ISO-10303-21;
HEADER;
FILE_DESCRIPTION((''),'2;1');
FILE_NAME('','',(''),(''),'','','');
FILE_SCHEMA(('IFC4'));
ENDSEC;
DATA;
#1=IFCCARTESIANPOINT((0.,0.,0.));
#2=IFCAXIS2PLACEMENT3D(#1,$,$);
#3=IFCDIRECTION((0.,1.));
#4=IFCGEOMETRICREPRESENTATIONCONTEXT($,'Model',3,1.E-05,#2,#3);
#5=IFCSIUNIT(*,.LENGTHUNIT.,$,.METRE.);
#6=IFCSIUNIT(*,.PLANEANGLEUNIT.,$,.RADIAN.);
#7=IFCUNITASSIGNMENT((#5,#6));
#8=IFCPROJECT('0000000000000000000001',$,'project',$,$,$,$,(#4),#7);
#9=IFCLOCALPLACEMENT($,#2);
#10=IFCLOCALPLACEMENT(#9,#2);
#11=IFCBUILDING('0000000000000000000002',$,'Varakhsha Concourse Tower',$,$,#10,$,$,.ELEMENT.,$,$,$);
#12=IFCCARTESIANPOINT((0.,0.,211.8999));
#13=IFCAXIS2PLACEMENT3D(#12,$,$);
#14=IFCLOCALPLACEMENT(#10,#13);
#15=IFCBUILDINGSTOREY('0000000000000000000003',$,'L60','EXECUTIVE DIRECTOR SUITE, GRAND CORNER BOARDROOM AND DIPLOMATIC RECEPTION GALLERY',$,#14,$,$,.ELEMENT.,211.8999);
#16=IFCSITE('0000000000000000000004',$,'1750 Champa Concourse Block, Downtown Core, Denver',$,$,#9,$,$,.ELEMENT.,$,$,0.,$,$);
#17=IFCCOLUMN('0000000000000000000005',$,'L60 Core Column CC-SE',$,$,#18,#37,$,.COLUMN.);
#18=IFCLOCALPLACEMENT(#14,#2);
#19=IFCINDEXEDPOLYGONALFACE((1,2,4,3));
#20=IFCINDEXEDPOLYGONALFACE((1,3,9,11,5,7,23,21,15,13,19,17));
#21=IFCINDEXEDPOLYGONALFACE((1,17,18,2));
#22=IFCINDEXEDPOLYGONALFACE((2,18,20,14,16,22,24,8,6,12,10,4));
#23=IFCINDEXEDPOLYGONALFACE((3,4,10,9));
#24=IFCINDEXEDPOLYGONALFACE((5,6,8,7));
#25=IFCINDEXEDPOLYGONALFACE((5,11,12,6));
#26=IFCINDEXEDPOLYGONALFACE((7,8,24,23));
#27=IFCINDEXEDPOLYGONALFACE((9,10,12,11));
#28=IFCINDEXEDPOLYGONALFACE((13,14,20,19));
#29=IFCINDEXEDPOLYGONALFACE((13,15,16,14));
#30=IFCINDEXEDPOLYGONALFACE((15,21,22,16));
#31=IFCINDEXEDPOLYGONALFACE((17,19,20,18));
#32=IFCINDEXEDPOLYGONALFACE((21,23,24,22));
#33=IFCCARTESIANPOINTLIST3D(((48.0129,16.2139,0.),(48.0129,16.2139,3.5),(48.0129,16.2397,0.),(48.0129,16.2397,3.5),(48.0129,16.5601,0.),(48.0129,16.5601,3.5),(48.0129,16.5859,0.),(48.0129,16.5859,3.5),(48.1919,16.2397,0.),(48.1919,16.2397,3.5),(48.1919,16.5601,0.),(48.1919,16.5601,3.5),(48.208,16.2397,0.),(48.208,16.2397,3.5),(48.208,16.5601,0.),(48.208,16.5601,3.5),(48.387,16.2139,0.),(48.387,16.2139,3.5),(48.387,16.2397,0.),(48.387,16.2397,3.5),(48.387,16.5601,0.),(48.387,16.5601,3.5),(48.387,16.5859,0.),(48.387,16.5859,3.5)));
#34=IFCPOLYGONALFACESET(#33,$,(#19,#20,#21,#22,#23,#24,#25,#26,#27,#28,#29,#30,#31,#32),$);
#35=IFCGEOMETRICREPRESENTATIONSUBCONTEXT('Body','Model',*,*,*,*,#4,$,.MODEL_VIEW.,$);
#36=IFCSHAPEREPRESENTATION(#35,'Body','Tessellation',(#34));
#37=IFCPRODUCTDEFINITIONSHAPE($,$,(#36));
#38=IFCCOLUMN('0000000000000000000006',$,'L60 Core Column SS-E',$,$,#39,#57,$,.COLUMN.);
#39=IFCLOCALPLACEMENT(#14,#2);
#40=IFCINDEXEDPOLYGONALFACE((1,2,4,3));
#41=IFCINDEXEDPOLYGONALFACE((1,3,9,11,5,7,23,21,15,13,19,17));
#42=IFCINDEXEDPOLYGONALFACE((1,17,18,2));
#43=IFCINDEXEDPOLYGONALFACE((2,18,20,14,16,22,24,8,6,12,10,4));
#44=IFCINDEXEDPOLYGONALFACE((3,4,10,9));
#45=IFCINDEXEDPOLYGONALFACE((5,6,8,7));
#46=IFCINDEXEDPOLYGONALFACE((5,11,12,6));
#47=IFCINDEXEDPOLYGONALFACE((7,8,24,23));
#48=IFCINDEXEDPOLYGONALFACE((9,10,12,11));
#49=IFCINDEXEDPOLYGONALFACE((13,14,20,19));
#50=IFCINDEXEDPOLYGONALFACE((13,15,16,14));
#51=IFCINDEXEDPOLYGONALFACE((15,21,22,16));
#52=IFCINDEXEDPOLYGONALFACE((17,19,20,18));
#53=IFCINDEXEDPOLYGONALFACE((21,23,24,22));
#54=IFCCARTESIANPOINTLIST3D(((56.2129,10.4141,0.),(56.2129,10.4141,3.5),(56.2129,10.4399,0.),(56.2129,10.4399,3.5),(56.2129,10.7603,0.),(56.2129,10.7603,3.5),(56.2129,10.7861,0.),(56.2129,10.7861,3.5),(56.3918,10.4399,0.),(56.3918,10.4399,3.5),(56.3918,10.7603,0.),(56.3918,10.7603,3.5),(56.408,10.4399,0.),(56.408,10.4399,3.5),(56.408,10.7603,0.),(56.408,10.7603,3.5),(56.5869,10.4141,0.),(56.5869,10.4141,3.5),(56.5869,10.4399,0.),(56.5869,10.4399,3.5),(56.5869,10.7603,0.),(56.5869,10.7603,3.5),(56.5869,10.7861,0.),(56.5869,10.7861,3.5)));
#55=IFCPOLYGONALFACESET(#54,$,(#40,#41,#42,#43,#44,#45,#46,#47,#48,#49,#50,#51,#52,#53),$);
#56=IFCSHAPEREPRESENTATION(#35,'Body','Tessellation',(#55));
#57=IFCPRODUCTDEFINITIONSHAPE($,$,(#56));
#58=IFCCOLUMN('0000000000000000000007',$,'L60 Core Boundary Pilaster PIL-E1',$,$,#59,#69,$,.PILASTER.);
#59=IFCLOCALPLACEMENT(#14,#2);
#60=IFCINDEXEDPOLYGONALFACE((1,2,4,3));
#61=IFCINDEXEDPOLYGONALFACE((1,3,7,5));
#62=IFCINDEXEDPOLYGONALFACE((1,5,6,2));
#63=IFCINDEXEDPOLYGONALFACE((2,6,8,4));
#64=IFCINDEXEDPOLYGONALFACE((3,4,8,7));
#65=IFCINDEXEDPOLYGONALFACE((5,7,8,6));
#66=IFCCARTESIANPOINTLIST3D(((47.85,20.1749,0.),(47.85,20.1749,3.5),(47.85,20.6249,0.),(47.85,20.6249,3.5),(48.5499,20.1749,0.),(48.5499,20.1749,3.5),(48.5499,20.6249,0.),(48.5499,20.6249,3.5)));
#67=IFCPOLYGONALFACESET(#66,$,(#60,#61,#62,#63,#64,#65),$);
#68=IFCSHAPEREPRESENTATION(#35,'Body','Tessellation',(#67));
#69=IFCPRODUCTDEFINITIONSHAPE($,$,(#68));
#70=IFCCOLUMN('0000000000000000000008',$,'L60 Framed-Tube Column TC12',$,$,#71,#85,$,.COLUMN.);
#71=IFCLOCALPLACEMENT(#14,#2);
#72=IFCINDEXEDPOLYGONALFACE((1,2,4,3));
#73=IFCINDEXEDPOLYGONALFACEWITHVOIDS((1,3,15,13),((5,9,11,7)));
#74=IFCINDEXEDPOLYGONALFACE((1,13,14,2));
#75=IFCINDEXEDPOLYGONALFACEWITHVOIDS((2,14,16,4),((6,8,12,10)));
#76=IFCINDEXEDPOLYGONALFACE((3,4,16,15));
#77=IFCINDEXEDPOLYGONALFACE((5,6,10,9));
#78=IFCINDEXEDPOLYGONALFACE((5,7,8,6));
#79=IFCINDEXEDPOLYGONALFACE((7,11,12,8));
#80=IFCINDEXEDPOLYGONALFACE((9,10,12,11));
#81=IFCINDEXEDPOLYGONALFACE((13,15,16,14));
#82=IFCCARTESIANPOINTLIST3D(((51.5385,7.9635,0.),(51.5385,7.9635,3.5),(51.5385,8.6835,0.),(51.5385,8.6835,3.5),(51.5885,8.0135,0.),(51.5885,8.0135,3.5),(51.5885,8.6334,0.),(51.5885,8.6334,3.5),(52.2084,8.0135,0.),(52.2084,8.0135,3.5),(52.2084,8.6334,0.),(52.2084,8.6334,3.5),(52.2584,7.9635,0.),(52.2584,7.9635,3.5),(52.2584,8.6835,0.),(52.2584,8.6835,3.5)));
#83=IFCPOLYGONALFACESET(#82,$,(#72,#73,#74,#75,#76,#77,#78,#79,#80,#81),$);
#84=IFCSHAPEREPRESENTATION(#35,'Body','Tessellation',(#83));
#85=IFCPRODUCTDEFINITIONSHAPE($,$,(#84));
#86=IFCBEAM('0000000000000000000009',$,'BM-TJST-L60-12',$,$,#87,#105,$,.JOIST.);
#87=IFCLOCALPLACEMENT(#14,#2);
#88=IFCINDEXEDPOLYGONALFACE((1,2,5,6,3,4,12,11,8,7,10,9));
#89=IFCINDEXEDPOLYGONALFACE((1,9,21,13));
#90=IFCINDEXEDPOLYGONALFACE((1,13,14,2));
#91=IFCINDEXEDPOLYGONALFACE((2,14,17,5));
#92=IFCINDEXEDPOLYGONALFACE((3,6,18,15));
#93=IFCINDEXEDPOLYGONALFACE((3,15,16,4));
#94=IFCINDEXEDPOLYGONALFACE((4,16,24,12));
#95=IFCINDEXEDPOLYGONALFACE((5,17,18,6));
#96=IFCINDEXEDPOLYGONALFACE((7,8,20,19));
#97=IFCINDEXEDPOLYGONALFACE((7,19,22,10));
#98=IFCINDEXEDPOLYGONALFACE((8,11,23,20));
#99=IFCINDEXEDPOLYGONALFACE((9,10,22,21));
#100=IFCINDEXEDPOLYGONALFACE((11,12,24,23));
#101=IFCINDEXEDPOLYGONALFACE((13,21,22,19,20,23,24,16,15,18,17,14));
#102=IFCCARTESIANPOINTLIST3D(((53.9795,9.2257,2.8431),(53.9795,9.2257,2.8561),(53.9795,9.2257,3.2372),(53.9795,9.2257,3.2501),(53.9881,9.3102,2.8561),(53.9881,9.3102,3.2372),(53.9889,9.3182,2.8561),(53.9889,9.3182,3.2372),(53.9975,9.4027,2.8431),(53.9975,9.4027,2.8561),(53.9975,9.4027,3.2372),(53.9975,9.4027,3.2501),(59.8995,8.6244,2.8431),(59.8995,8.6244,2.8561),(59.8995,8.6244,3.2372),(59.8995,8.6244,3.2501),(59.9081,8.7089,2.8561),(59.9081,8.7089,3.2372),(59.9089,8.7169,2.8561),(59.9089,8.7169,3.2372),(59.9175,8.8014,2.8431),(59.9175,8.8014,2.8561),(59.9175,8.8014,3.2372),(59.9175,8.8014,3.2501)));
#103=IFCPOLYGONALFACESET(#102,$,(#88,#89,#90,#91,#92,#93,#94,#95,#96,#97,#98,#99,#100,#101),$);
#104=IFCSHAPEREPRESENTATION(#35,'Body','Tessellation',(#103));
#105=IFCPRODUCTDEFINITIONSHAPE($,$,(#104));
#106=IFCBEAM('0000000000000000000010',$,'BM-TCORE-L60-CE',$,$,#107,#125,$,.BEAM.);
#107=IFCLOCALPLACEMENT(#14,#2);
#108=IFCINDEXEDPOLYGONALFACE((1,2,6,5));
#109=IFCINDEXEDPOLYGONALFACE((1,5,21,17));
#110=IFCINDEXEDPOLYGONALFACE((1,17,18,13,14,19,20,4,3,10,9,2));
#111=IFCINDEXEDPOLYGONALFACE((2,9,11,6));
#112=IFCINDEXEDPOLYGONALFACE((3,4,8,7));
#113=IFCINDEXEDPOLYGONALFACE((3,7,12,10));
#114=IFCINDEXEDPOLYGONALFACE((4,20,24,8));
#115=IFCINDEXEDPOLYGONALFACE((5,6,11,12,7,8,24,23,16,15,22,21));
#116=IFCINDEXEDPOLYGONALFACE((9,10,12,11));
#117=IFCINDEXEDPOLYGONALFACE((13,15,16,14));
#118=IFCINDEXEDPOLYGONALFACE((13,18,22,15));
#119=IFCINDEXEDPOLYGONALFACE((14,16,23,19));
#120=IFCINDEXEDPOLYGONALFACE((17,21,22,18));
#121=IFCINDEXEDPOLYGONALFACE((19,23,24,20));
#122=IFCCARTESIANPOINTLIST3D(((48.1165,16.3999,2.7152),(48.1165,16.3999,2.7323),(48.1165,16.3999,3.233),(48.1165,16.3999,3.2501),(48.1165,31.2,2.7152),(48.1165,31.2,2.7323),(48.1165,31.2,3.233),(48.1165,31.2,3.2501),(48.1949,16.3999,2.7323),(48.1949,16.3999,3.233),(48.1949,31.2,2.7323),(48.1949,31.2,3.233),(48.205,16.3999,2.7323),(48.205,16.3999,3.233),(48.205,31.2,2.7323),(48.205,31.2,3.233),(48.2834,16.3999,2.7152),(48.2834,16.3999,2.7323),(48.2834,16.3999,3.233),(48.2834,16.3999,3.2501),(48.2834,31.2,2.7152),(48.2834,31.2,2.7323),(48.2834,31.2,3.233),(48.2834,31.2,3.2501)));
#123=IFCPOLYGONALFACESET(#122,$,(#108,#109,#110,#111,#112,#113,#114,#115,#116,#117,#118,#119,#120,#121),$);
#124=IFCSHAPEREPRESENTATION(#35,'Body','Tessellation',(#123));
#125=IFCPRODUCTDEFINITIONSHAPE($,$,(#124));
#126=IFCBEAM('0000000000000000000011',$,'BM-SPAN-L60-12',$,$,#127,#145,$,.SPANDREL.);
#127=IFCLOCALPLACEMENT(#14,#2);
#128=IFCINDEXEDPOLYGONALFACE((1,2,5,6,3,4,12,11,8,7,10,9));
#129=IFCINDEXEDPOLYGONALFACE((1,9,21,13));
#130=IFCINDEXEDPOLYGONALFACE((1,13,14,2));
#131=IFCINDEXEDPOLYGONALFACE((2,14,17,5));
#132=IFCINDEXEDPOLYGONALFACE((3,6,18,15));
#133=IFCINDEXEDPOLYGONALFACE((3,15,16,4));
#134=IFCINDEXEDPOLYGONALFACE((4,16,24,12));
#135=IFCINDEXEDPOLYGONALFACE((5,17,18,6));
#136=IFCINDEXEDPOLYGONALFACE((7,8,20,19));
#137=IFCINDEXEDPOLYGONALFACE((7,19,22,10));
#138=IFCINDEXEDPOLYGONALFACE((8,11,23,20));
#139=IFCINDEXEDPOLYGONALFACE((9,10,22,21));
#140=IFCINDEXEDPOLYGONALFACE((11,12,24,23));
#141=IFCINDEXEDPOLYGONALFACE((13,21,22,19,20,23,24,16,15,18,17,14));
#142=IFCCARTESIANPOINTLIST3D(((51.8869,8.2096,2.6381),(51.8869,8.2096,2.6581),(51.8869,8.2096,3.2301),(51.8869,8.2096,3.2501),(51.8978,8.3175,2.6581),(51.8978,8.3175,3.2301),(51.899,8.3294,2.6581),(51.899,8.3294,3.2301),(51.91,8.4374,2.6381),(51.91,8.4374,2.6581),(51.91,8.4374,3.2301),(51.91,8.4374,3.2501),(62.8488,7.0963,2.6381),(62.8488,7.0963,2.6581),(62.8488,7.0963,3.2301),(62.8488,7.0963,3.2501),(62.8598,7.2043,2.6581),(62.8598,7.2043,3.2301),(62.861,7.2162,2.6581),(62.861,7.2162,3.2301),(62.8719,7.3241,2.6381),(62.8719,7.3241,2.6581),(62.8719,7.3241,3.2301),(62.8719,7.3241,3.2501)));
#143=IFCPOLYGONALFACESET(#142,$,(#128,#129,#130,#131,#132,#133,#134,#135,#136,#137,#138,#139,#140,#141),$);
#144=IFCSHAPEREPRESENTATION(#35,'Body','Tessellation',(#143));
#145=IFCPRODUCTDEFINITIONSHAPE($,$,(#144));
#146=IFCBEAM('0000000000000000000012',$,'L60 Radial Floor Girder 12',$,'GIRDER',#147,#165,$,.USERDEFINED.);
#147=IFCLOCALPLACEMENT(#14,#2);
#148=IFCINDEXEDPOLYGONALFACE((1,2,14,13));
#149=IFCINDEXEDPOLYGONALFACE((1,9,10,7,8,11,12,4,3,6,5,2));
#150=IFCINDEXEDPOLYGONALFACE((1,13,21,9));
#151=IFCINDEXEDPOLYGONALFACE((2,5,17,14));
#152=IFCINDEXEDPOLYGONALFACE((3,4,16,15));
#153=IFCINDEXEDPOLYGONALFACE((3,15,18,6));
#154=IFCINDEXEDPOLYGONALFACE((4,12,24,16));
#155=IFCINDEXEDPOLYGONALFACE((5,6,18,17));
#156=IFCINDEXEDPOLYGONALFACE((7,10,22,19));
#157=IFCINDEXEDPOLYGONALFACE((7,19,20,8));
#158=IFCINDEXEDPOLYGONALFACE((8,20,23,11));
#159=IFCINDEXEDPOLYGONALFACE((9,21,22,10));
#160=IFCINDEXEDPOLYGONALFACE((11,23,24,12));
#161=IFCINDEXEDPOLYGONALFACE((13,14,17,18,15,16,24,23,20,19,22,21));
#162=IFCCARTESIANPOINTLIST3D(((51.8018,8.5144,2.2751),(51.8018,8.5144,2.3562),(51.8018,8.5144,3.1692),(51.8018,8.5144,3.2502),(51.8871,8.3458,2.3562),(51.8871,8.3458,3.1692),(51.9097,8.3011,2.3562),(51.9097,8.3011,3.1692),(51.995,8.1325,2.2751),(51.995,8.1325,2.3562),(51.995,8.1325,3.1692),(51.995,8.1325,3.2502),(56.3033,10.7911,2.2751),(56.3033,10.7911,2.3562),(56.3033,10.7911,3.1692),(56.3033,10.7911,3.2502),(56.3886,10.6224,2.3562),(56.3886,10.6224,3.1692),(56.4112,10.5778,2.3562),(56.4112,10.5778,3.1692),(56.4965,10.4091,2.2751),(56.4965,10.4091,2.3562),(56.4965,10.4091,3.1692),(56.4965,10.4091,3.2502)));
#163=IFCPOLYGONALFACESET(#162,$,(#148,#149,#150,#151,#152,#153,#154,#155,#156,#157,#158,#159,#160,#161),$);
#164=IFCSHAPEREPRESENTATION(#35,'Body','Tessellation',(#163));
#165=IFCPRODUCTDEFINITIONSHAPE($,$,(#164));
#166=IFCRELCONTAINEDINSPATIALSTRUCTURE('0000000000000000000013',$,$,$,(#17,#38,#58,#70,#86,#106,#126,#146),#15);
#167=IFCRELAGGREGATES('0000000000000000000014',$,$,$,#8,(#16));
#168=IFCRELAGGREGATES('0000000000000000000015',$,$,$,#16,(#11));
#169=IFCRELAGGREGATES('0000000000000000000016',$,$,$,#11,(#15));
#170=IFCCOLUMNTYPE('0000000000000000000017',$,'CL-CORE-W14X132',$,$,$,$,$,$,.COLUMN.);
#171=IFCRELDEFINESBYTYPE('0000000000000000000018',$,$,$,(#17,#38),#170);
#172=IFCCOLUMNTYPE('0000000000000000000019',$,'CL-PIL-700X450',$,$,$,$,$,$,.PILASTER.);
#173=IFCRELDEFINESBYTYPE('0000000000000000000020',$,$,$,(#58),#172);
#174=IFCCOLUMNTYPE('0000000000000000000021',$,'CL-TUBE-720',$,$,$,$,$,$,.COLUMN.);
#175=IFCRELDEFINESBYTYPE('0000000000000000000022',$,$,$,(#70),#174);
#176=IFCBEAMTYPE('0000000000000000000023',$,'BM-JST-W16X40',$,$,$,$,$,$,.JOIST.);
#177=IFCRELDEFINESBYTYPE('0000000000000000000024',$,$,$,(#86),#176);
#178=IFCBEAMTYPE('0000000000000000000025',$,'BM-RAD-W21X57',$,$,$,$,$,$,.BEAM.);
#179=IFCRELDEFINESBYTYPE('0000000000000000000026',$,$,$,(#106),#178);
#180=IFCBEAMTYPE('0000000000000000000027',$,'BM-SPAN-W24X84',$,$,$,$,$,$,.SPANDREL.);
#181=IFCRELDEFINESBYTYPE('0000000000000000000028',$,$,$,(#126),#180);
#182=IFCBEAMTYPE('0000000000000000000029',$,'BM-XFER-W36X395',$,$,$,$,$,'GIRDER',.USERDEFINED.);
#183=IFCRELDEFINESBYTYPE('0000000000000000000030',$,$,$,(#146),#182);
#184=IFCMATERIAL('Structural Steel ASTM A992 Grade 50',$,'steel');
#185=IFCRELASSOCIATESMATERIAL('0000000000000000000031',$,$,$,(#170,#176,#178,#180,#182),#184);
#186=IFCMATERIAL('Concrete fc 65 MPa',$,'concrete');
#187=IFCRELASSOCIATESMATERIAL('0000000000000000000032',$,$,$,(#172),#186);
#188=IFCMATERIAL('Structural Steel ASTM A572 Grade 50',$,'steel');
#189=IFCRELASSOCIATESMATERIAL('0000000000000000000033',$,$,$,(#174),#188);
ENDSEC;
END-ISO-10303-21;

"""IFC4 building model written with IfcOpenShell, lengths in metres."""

from ifc_helpers import new_model, si_unit, direction, frame, origin, origin_2d, place, context, subcontext, project, spatial, rectangle, hollow_rectangle, i_section, extrude, material, material_profile, profile_set, type_object, element, save


model = new_model("IFC4")

# Units and contexts
model_context = context("Model", 3, precision=1e-05, world=origin(), true_north=direction((0.0, 1.0)))
body_context = subcontext(model_context, "Body", "Model", "MODEL_VIEW")
ifc_project = project(units=[si_unit("LENGTHUNIT", "METRE"), si_unit("PLANEANGLEUNIT", "RADIAN")], contexts=[model_context])

# Site, building, storey
site_placement = place(None, origin())
site = spatial("IfcSite", under=ifc_project, at=site_placement, Name="1750 Champa Concourse Block, Downtown Core, Denver", CompositionType="ELEMENT", RefElevation=0.0)
building_placement = place(site_placement, origin())
building = spatial("IfcBuilding", under=site, at=building_placement, Name="Varakhsha Concourse Tower", CompositionType="ELEMENT")
storey_placement = place(building_placement, frame((0.0, 0.0, 211.8999)))
storey = spatial("IfcBuildingStorey", under=building, at=storey_placement, Name="L60", Description="EXECUTIVE DIRECTOR SUITE, GRAND CORNER BOARDROOM AND DIPLOMATIC RECEPTION GALLERY", CompositionType="ELEMENT", Elevation=211.8999)

# Columns
ifc_material_1 = material(Name="Structural Steel ASTM A992 Grade 50", Category="steel")
ifc_material_profile_1 = material_profile(ifc_material_1, i_section(OverallWidth=0.374, OverallDepth=0.3721, WebThickness=0.0161, FlangeThickness=0.0259, at=origin_2d()), Name="W14X132")
ifc_profile_set_1 = profile_set([ifc_material_profile_1], Name="Structural Steel ASTM A992 Grade 50")
column_type_1 = type_object("IfcColumnType", Name="CL-CORE-W14X132", PredefinedType="COLUMN", material=ifc_profile_set_1)
for number, where, z_axis, x_axis, name in (
    (1, (48.2, 16.3999, 0.0), (0.0, 0.0, 1.0), (1.0, 0.0, 0.0), "L60 Core Column CC-SE"),
    (2, (56.3999, 10.6001, 0.0), (0.0, 0.0, 1.0), (1.0, 0.0, 0.0), "L60 Core Column SS-E"),
):
    element("IfcColumn", number, at=place(storey_placement, frame(where, z_axis=z_axis, x_axis=x_axis)), inside=storey, type_object=column_type_1, Name=name, PredefinedType="COLUMN", context=body_context, shape_type="SweptSolid", body=[
        extrude(i_section(OverallWidth=0.374, OverallDepth=0.3721, WebThickness=0.0161, FlangeThickness=0.0259, at=origin_2d()), origin(), (0.0, 0.0, 1.0), 3.5),
    ])
ifc_material_2 = material(Name="Concrete fc 65 MPa", Category="concrete")
ifc_material_profile_2 = material_profile(ifc_material_2, rectangle(XDim=0.7, YDim=0.45, at=origin_2d()), Name="RC 700x450")
ifc_profile_set_2 = profile_set([ifc_material_profile_2], Name="Concrete fc 65 MPa")
column_type_2 = type_object("IfcColumnType", Name="CL-PIL-700X450", PredefinedType="PILASTER", material=ifc_profile_set_2)
column_1_placement = place(storey_placement, frame((48.2, 20.3999, 0.0), z_axis=(0.0, 0.0, 1.0), x_axis=(1.0, 0.0, 0.0)))
element("IfcColumn", 3, at=column_1_placement, inside=storey, type_object=column_type_2, Name="L60 Core Boundary Pilaster PIL-E1", PredefinedType="PILASTER", context=body_context, shape_type="SweptSolid", body=[
    extrude(rectangle(XDim=0.7, YDim=0.45, at=origin_2d()), origin(), (0.0, 0.0, 1.0), 3.5),
])
ifc_material_3 = material(Name="Structural Steel ASTM A572 Grade 50", Category="steel")
ifc_material_profile_3 = material_profile(ifc_material_3, hollow_rectangle(XDim=0.72, YDim=0.72, WallThickness=0.05, at=origin_2d()), Name="BOX 720x720x50")
ifc_profile_set_3 = profile_set([ifc_material_profile_3], Name="Structural Steel ASTM A572 Grade 50")
column_type_3 = type_object("IfcColumnType", Name="CL-TUBE-720", PredefinedType="COLUMN", material=ifc_profile_set_3)
column_2_placement = place(storey_placement, frame((51.8984, 8.3235, 0.0), z_axis=(0.0, 0.0, 1.0), x_axis=(1.0, 0.0, 0.0)))
element("IfcColumn", 4, at=column_2_placement, inside=storey, type_object=column_type_3, Name="L60 Framed-Tube Column TC12", PredefinedType="COLUMN", context=body_context, shape_type="SweptSolid", body=[
    extrude(hollow_rectangle(XDim=0.72, YDim=0.72, WallThickness=0.05, at=origin_2d()), origin(), (0.0, 0.0, 1.0), 3.5),
])

# Beams
ifc_material_profile_4 = material_profile(ifc_material_1, i_section(OverallWidth=0.178, OverallDepth=0.407, WebThickness=0.0081, FlangeThickness=0.0129, at=origin_2d()), Name="W16X40")
ifc_profile_set_4 = profile_set([ifc_material_profile_4], Name="Structural Steel ASTM A992 Grade 50")
beam_type_1 = type_object("IfcBeamType", Name="BM-JST-W16X40", PredefinedType="JOIST", material=ifc_profile_set_4)
beam_1_placement = place(storey_placement, frame((53.9885, 9.3142, 3.0466), z_axis=(0.994881, -0.101055, 0.0), x_axis=(0.101055, 0.994881, 0.0)))
element("IfcBeam", 5, at=beam_1_placement, inside=storey, type_object=beam_type_1, Name="BM-TJST-L60-12", PredefinedType="JOIST", context=body_context, shape_type="SweptSolid", body=[
    extrude(i_section(OverallWidth=0.178, OverallDepth=0.407, WebThickness=0.0081, FlangeThickness=0.0129, at=origin_2d()), origin(), (0.0, 0.0, 1.0), 5.9504),
])
ifc_material_profile_5 = material_profile(ifc_material_1, i_section(OverallWidth=0.167, OverallDepth=0.5349, WebThickness=0.01, FlangeThickness=0.0171, at=origin_2d()), Name="W21X57")
ifc_profile_set_5 = profile_set([ifc_material_profile_5], Name="Structural Steel ASTM A992 Grade 50")
beam_type_2 = type_object("IfcBeamType", Name="BM-RAD-W21X57", PredefinedType="BEAM", material=ifc_profile_set_5)
beam_2_placement = place(storey_placement, frame((48.2, 16.3999, 2.9827), z_axis=(0.0, 1.0, 0.0), x_axis=(-1.0, 0.0, 0.0)))
element("IfcBeam", 6, at=beam_2_placement, inside=storey, type_object=beam_type_2, Name="BM-TCORE-L60-CE", PredefinedType="BEAM", context=body_context, shape_type="SweptSolid", body=[
    extrude(i_section(OverallWidth=0.167, OverallDepth=0.5349, WebThickness=0.01, FlangeThickness=0.0171, at=origin_2d()), origin(), (0.0, 0.0, 1.0), 14.8),
])
ifc_material_profile_6 = material_profile(ifc_material_1, i_section(OverallWidth=0.229, OverallDepth=0.6121, WebThickness=0.012, FlangeThickness=0.02, at=origin_2d()), Name="W24X84")
ifc_profile_set_6 = profile_set([ifc_material_profile_6], Name="Structural Steel ASTM A992 Grade 50")
beam_type_3 = type_object("IfcBeamType", Name="BM-SPAN-W24X84", PredefinedType="SPANDREL", material=ifc_profile_set_6)
beam_3_placement = place(storey_placement, frame((51.8984, 8.3235, 2.9441), z_axis=(0.994882, -0.101039, 0.0), x_axis=(0.101039, 0.994882, 0.0)))
element("IfcBeam", 7, at=beam_3_placement, inside=storey, type_object=beam_type_3, Name="BM-SPAN-L60-12", PredefinedType="SPANDREL", context=body_context, shape_type="SweptSolid", body=[
    extrude(i_section(OverallWidth=0.229, OverallDepth=0.6121, WebThickness=0.012, FlangeThickness=0.02, at=origin_2d()), origin(), (0.0, 0.0, 1.0), 11.0183),
])
ifc_material_profile_7 = material_profile(ifc_material_1, i_section(OverallWidth=0.428, OverallDepth=0.9751, WebThickness=0.05, FlangeThickness=0.0811, at=origin_2d()), Name="W36X395")
ifc_profile_set_7 = profile_set([ifc_material_profile_7], Name="Structural Steel ASTM A992 Grade 50")
beam_type_4 = type_object("IfcBeamType", Name="BM-XFER-W36X395", ElementType="GIRDER", PredefinedType="USERDEFINED", material=ifc_profile_set_7)
beam_4_placement = place(storey_placement, frame((56.3999, 10.6001, 2.7627), z_axis=(-0.892366, -0.451313, 0.0), x_axis=(0.451313, -0.892366, 0.0)))
element("IfcBeam", 8, at=beam_4_placement, inside=storey, type_object=beam_type_4, Name="L60 Radial Floor Girder 12", ObjectType="GIRDER", PredefinedType="USERDEFINED", context=body_context, shape_type="SweptSolid", body=[
    extrude(i_section(OverallWidth=0.428, OverallDepth=0.9751, WebThickness=0.05, FlangeThickness=0.0811, at=origin_2d()), origin(), (0.0, 0.0, 1.0), 5.0444),
])

save(model, "model.ifc")
